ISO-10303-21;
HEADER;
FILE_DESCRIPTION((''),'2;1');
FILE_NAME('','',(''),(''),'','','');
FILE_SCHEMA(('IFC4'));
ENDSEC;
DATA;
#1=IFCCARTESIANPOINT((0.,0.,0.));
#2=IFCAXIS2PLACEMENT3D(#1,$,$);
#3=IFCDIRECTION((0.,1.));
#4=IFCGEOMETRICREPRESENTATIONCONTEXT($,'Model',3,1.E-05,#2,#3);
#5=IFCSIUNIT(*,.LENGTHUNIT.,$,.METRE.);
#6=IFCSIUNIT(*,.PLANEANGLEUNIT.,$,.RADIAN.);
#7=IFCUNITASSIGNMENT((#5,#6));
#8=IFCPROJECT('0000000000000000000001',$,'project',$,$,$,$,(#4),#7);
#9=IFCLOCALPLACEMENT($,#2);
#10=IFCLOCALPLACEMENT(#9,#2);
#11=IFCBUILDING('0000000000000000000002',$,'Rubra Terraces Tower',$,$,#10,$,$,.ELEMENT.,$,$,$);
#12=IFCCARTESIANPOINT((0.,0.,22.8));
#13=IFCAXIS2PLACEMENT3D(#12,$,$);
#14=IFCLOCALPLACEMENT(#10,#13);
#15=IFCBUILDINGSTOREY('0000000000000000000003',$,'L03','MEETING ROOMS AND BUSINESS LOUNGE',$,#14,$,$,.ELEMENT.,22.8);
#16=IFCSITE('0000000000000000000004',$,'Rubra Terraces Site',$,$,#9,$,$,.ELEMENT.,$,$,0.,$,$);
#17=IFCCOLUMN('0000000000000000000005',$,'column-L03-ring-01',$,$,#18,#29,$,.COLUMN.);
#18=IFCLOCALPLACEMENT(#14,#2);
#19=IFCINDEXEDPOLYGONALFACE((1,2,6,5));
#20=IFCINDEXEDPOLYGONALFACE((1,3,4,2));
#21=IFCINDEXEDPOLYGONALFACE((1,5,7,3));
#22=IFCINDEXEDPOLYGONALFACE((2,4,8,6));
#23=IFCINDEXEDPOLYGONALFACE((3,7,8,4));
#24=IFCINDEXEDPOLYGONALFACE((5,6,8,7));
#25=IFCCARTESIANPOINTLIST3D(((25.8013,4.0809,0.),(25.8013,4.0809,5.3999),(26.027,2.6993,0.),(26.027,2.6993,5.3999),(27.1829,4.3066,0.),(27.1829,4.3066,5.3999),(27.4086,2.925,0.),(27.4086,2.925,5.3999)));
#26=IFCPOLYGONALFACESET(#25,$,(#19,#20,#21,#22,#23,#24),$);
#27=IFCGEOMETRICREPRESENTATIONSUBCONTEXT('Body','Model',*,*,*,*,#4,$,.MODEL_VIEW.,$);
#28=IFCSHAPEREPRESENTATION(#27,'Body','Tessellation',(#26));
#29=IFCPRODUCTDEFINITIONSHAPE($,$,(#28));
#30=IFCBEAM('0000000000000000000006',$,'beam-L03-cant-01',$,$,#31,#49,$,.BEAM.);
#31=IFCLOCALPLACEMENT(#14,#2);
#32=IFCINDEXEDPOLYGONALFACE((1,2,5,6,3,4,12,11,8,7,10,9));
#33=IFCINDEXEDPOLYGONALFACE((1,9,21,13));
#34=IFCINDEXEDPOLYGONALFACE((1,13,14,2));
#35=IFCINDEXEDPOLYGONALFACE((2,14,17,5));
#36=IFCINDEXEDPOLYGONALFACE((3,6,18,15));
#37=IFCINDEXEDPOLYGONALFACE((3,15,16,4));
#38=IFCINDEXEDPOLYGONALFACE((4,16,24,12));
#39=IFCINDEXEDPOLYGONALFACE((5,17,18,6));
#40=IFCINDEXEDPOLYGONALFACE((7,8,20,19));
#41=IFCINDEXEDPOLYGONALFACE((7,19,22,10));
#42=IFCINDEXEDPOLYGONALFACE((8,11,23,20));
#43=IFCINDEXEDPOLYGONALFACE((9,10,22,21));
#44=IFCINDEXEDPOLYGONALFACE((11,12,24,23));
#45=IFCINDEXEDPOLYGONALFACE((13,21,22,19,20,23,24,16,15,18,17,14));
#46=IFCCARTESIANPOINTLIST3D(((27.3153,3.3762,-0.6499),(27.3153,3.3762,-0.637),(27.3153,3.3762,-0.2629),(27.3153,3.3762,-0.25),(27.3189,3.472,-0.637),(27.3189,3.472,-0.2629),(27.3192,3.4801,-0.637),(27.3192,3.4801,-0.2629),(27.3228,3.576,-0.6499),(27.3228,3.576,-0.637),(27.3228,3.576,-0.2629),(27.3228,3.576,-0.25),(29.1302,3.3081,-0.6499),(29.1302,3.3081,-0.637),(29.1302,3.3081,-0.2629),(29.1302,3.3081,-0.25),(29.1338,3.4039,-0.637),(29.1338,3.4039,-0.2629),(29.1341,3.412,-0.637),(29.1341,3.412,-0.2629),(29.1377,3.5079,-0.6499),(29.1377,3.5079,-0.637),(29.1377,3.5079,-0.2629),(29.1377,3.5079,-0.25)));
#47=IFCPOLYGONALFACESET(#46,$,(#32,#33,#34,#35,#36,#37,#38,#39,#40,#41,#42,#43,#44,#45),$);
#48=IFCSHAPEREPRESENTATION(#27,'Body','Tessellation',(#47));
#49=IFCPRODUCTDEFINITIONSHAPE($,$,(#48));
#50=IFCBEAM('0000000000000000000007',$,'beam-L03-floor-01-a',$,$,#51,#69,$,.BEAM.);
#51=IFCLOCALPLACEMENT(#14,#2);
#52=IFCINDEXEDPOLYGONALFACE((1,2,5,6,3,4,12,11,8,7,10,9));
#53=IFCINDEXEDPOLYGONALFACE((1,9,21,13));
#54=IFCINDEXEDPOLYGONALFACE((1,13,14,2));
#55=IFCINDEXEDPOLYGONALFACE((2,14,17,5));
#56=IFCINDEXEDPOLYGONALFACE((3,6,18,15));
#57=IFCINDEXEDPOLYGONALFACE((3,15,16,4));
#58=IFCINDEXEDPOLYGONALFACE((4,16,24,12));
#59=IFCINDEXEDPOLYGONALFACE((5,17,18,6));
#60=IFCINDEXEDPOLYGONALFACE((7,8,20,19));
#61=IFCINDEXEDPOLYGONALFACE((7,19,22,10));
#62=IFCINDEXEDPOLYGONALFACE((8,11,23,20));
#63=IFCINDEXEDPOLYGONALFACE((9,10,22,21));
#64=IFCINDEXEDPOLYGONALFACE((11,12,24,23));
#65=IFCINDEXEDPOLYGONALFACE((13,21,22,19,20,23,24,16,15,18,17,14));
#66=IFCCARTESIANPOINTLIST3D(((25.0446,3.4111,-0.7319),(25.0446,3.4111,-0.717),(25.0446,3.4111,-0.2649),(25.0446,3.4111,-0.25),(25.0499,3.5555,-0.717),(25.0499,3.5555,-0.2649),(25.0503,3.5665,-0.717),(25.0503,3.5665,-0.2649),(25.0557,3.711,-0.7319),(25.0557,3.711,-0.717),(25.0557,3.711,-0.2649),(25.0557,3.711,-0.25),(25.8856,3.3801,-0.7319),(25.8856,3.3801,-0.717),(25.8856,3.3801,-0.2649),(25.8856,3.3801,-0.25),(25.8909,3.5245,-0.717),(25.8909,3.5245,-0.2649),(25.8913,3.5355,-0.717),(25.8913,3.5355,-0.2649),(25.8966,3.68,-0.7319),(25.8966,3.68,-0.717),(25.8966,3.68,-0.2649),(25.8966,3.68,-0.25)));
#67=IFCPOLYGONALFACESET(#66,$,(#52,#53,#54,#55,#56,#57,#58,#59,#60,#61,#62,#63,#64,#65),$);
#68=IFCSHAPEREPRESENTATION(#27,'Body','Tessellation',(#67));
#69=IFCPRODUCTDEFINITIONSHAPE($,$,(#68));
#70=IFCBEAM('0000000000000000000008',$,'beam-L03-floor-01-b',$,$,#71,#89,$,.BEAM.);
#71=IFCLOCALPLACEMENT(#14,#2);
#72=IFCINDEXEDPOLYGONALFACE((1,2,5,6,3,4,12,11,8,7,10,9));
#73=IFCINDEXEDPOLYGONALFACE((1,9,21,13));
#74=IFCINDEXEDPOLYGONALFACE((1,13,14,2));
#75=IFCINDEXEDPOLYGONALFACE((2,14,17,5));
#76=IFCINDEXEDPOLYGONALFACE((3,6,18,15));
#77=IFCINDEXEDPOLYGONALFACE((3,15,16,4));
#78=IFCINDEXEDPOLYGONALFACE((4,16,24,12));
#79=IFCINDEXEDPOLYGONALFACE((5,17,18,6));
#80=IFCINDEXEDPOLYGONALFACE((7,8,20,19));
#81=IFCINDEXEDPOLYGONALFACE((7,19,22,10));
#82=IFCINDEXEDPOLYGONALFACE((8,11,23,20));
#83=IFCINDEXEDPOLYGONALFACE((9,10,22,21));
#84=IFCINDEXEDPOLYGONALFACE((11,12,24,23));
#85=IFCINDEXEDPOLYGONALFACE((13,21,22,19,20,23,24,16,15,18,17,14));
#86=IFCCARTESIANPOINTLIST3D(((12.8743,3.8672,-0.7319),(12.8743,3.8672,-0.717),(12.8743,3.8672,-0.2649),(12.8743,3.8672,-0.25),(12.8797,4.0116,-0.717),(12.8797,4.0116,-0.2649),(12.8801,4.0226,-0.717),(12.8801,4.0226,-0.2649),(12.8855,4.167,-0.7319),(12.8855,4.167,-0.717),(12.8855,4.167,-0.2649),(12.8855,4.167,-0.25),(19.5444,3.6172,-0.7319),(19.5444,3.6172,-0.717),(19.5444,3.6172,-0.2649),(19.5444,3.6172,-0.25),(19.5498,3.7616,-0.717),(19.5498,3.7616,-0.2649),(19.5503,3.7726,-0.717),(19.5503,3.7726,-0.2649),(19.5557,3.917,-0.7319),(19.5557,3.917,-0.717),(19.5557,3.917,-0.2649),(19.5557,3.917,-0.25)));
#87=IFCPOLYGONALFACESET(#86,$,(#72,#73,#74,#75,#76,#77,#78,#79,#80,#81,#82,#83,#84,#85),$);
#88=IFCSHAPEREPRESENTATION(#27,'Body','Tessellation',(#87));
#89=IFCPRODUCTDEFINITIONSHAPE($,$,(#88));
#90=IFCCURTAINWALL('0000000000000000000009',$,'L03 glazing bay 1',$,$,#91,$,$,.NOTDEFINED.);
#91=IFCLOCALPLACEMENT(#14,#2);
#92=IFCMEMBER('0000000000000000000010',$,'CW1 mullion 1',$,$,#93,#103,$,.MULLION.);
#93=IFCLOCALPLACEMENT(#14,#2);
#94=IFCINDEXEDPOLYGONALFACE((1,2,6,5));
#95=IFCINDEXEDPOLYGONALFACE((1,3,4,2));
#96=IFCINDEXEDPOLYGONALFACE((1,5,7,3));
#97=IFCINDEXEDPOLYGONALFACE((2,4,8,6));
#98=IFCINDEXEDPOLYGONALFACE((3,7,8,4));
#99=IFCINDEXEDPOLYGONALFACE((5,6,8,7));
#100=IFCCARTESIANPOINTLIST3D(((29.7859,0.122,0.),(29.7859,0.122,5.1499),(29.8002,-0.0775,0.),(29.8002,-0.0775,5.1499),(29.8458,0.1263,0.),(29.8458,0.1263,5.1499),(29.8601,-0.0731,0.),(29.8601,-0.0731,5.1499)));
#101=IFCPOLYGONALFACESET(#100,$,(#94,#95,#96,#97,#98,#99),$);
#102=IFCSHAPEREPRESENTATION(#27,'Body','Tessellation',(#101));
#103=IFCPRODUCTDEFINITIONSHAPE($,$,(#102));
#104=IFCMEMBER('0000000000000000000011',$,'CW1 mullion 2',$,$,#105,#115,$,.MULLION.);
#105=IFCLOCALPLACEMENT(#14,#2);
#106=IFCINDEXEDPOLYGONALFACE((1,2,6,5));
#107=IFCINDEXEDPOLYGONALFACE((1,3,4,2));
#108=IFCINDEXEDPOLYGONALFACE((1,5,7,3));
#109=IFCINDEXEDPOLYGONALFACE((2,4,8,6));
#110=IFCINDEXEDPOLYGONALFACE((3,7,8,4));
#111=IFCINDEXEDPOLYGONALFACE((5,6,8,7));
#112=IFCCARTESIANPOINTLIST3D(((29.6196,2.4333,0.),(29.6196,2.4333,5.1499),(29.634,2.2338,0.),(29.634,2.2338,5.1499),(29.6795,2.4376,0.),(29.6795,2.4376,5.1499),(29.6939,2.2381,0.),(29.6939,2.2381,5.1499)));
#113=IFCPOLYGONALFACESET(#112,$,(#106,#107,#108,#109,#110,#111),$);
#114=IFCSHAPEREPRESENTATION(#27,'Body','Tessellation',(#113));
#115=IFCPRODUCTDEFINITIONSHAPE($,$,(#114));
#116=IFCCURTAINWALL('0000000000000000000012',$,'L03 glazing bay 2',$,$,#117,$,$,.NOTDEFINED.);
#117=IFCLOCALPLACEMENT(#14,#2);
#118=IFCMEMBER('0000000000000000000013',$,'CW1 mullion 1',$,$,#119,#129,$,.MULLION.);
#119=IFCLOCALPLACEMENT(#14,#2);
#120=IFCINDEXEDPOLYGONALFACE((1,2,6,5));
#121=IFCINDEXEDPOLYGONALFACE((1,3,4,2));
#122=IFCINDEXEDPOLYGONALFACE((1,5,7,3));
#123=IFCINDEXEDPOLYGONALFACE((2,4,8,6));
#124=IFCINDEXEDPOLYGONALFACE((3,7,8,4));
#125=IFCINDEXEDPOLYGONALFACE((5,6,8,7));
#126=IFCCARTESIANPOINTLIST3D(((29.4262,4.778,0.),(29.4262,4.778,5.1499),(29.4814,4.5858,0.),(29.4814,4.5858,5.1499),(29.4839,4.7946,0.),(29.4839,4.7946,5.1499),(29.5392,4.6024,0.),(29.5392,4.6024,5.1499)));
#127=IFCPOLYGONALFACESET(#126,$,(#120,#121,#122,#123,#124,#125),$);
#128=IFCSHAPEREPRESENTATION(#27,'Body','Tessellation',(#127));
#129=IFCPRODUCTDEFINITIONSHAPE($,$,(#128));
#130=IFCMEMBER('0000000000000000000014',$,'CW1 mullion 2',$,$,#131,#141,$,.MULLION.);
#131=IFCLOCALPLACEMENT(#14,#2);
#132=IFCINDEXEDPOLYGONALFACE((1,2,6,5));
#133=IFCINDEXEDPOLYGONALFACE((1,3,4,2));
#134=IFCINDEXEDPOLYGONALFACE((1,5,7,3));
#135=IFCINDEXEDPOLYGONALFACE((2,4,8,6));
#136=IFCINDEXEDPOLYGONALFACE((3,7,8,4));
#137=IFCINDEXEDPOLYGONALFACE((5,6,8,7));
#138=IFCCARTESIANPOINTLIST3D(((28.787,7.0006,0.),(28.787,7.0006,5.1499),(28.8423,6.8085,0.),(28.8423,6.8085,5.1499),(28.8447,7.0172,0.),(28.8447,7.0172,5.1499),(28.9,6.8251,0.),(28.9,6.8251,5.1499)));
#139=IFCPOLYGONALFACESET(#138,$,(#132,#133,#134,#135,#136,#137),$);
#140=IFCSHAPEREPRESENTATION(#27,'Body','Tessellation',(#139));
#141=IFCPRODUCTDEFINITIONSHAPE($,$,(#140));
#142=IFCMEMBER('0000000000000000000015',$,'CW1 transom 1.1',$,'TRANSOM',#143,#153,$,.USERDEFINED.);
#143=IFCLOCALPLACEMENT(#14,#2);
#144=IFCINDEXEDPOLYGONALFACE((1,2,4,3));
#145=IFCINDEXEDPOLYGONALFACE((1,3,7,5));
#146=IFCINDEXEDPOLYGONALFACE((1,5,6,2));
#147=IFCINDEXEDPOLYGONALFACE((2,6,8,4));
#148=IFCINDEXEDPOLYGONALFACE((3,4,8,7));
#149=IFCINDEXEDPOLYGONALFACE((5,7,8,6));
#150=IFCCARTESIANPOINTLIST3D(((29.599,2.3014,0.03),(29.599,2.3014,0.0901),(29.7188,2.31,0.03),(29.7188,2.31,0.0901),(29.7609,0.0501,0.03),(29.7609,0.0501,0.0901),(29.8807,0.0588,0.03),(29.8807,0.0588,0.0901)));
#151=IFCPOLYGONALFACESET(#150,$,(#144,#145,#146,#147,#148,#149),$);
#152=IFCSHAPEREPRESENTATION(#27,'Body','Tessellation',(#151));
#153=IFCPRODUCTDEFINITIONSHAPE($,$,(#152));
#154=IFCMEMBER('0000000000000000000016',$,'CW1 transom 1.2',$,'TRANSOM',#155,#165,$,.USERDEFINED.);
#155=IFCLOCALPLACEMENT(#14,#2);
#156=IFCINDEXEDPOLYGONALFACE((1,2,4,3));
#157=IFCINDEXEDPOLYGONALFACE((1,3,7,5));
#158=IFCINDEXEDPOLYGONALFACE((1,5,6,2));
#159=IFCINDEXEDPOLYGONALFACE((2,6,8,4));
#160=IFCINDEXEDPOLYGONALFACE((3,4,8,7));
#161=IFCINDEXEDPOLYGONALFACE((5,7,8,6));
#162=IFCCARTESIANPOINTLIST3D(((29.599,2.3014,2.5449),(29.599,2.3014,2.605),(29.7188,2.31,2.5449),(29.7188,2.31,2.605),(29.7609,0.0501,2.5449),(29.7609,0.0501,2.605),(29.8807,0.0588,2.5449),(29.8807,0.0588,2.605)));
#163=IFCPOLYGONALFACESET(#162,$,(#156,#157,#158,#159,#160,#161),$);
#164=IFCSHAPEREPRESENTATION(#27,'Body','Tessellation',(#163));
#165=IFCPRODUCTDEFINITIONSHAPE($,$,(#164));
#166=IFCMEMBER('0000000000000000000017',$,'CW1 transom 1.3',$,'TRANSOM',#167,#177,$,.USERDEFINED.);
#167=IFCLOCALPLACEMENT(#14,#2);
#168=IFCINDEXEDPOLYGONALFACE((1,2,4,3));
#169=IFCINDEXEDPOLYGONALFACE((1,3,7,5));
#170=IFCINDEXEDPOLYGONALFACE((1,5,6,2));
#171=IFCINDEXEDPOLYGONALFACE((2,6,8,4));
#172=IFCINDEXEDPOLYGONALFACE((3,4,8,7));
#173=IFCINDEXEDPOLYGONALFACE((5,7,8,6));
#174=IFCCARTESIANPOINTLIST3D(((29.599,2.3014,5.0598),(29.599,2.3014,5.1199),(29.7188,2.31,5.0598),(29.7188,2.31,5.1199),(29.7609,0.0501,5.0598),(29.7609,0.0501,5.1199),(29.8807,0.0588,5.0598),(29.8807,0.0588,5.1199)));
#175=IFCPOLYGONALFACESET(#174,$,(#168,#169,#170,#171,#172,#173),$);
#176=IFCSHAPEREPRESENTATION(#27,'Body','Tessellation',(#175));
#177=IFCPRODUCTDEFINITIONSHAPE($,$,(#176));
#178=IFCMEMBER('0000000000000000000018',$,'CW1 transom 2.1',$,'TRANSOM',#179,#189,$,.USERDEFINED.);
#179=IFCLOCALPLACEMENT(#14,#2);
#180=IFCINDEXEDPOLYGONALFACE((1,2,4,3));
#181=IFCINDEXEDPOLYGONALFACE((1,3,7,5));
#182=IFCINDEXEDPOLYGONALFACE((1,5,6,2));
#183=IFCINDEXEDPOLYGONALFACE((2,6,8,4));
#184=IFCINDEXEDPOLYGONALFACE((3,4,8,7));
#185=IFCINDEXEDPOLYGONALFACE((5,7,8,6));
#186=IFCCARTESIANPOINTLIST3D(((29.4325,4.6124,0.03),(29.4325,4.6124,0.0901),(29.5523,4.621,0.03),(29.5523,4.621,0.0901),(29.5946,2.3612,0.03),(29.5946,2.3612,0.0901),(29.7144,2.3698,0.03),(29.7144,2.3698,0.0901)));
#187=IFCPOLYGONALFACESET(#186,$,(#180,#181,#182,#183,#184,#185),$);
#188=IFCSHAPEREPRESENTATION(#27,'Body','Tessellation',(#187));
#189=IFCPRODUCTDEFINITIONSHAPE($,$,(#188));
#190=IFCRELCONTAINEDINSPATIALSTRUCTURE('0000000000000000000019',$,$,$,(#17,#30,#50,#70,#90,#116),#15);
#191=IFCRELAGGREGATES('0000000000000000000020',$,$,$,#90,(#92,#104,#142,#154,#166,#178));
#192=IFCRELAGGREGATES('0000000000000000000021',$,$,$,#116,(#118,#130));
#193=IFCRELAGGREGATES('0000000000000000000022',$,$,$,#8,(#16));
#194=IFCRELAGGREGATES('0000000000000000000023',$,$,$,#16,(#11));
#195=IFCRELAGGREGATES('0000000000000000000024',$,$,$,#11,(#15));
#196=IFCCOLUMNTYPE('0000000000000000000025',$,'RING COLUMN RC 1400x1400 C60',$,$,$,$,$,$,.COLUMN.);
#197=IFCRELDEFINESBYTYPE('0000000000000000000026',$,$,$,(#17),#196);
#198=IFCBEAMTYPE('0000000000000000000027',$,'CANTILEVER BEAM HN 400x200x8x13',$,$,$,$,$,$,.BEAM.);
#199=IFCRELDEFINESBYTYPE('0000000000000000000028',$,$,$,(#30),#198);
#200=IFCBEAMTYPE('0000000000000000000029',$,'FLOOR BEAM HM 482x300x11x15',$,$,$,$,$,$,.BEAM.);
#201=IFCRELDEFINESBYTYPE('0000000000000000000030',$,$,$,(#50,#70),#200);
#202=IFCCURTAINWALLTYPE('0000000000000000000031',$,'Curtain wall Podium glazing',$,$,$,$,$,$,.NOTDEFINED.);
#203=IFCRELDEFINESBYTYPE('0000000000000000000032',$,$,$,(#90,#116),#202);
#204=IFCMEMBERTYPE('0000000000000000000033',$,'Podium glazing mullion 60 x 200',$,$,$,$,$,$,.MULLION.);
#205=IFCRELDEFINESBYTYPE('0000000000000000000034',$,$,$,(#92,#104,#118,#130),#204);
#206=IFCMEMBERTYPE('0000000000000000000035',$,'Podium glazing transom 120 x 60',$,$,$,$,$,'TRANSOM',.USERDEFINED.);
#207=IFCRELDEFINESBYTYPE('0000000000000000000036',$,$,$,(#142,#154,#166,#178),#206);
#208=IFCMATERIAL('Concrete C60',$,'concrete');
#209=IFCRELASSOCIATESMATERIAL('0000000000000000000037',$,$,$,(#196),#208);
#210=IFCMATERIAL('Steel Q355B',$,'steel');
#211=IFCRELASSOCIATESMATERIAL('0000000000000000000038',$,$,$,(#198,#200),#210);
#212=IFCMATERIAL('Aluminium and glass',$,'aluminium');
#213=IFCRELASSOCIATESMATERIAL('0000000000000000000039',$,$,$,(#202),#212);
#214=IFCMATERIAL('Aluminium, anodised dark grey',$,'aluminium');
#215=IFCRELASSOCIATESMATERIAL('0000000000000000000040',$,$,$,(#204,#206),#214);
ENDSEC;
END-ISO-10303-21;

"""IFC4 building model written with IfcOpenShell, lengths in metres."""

from ifc_helpers import new_model, si_unit, direction, frame, origin, origin_2d, place, context, subcontext, project, spatial, rectangle, i_section, extrude, material, material_profile, profile_set, type_object, element, aggregate, save


model = new_model("IFC4")

# Units and contexts
model_context = context("Model", 3, precision=1e-05, world=origin(), true_north=direction((0.0, 1.0)))
body_context = subcontext(model_context, "Body", "Model", "MODEL_VIEW")
ifc_project = project(units=[si_unit("LENGTHUNIT", "METRE"), si_unit("PLANEANGLEUNIT", "RADIAN")], contexts=[model_context])

# Site, building, storey
site_placement = place(None, origin())
site = spatial("IfcSite", under=ifc_project, at=site_placement, Name="Rubra Terraces Site", CompositionType="ELEMENT", RefElevation=0.0)
building_placement = place(site_placement, origin())
building = spatial("IfcBuilding", under=site, at=building_placement, Name="Rubra Terraces Tower", CompositionType="ELEMENT")
storey_placement = place(building_placement, frame((0.0, 0.0, 22.8)))
storey = spatial("IfcBuildingStorey", under=building, at=storey_placement, Name="L03", Description="MEETING ROOMS AND BUSINESS LOUNGE", CompositionType="ELEMENT", Elevation=22.8)

# Column
ifc_material_1 = material(Name="Concrete C60", Category="concrete")
ifc_material_profile_1 = material_profile(ifc_material_1, rectangle(XDim=1.3999, YDim=1.3999, at=origin_2d()), Name="RC 1400x1400")
ifc_profile_set_1 = profile_set([ifc_material_profile_1], Name="Concrete C60")
column_type = type_object("IfcColumnType", Name="RING COLUMN RC 1400x1400 C60", PredefinedType="COLUMN", material=ifc_profile_set_1)
column_placement = place(storey_placement, frame((26.605, 3.5029, 0.0), z_axis=(0.0, 0.0, 1.0), x_axis=(-0.161234, 0.986916, 0.0)))
element("IfcColumn", 1, at=column_placement, inside=storey, type_object=column_type, Name="column-L03-ring-01", PredefinedType="COLUMN", context=body_context, shape_type="SweptSolid", body=[
    extrude(rectangle(XDim=1.3999, YDim=1.3999, at=origin_2d()), origin(), (0.0, 0.0, 1.0), 5.3999),
])

# Beams
ifc_material_2 = material(Name="Steel Q355B", Category="steel")
ifc_material_profile_2 = material_profile(ifc_material_2, i_section(OverallWidth=0.2, OverallDepth=0.3999, WebThickness=0.0081, FlangeThickness=0.0129, at=origin_2d()), Name="HN 400x200x8x13")
ifc_profile_set_2 = profile_set([ifc_material_profile_2], Name="Steel Q355B")
beam_type_1 = type_object("IfcBeamType", Name="CANTILEVER BEAM HN 400x200x8x13", PredefinedType="BEAM", material=ifc_profile_set_2)
beam_1_placement = place(storey_placement, frame((27.3191, 3.4761, -0.45), z_axis=(0.999296, -0.037504, 0.0), x_axis=(0.037504, 0.999296, 0.0)))
element("IfcBeam", 2, at=beam_1_placement, inside=storey, type_object=beam_type_1, Name="beam-L03-cant-01", PredefinedType="BEAM", context=body_context, shape_type="SweptSolid", body=[
    extrude(i_section(OverallWidth=0.2, OverallDepth=0.3999, WebThickness=0.0081, FlangeThickness=0.0129, at=origin_2d()), origin(), (0.0, 0.0, 1.0), 1.8162),
])
ifc_material_profile_3 = material_profile(ifc_material_2, i_section(OverallWidth=0.3, OverallDepth=0.4819, WebThickness=0.011, FlangeThickness=0.0149, at=origin_2d()), Name="HM 482x300x11x15")
ifc_profile_set_3 = profile_set([ifc_material_profile_3], Name="Steel Q355B")
beam_type_2 = type_object("IfcBeamType", Name="FLOOR BEAM HM 482x300x11x15", PredefinedType="BEAM", material=ifc_profile_set_3)
beam_2_placement = place(storey_placement, frame((25.8911, 3.53, -0.491), z_axis=(-0.999321, 0.03684, 0.0), x_axis=(-0.03684, -0.999321, 0.0)))
element("IfcBeam", 3, at=beam_2_placement, inside=storey, type_object=beam_type_2, Name="beam-L03-floor-01-a", PredefinedType="BEAM", context=body_context, shape_type="SweptSolid", body=[
    extrude(i_section(OverallWidth=0.3, OverallDepth=0.4819, WebThickness=0.011, FlangeThickness=0.0149, at=origin_2d()), origin(), (0.0, 0.0, 1.0), 0.8416),
])
beam_3_placement = place(storey_placement, frame((19.55, 3.7671, -0.491), z_axis=(-0.999298, 0.037454, 0.0), x_axis=(-0.037454, -0.999298, 0.0)))
element("IfcBeam", 4, at=beam_3_placement, inside=storey, type_object=beam_type_2, Name="beam-L03-floor-01-b", PredefinedType="BEAM", context=body_context, shape_type="SweptSolid", body=[
    extrude(i_section(OverallWidth=0.3, OverallDepth=0.4819, WebThickness=0.011, FlangeThickness=0.0149, at=origin_2d()), origin(), (0.0, 0.0, 1.0), 6.6748),
])

# Curtain walls, members
ifc_material_3 = material(Name="Aluminium and glass", Category="aluminium")
curtain_wall_type = type_object("IfcCurtainWallType", Name="Curtain wall Podium glazing", PredefinedType="NOTDEFINED", material=ifc_material_3)
curtain_wall_1_placement = place(storey_placement, origin())
curtain_wall_1 = element("IfcCurtainWall", 5, at=curtain_wall_1_placement, inside=storey, type_object=curtain_wall_type, Name="L03 glazing bay 1", PredefinedType="NOTDEFINED")
ifc_material_4 = material(Name="Aluminium, anodised dark grey", Category="aluminium")
ifc_material_profile_4 = material_profile(ifc_material_4, rectangle(XDim=0.0601, YDim=0.2, at=origin_2d()), Name="AL 60x200")
ifc_profile_set_4 = profile_set([ifc_material_profile_4], Name="Aluminium, anodised dark grey")
member_type_1 = type_object("IfcMemberType", Name="Podium glazing mullion 60 x 200", PredefinedType="MULLION", material=ifc_profile_set_4)
member_1_placement = place(storey_placement, frame((29.823, 0.0244, 0.0), z_axis=(0.0, 0.0, 1.0), x_axis=(-0.99742, -0.071792, 0.0)))
member_1 = element("IfcMember", 6, at=member_1_placement, type_object=member_type_1, Name="CW1 mullion 1", PredefinedType="MULLION", context=body_context, shape_type="SweptSolid", body=[
    extrude(rectangle(XDim=0.0601, YDim=0.2, at=origin_2d()), origin(), (0.0, 0.0, 1.0), 5.1499),
])
member_2_placement = place(storey_placement, frame((29.6567, 2.3357, 0.0), z_axis=(0.0, 0.0, 1.0), x_axis=(-0.99742, -0.071792, 0.0)))
member_2 = element("IfcMember", 7, at=member_2_placement, type_object=member_type_1, Name="CW1 mullion 2", PredefinedType="MULLION", context=body_context, shape_type="SweptSolid", body=[
    extrude(rectangle(XDim=0.0601, YDim=0.2, at=origin_2d()), origin(), (0.0, 0.0, 1.0), 5.1499),
])
curtain_wall_2_placement = place(storey_placement, origin())
curtain_wall_2 = element("IfcCurtainWall", 8, at=curtain_wall_2_placement, inside=storey, type_object=curtain_wall_type, Name="L03 glazing bay 2", PredefinedType="NOTDEFINED")
member_3_placement = place(storey_placement, frame((29.4827, 4.6902, 0.0), z_axis=(0.0, 0.0, 1.0), x_axis=(-0.961047, -0.276384, 0.0)))
member_3 = element("IfcMember", 9, at=member_3_placement, type_object=member_type_1, Name="CW1 mullion 1", PredefinedType="MULLION", context=body_context, shape_type="SweptSolid", body=[
    extrude(rectangle(XDim=0.0601, YDim=0.2, at=origin_2d()), origin(), (0.0, 0.0, 1.0), 5.1499),
])
member_4_placement = place(storey_placement, frame((28.8435, 6.9128, 0.0), z_axis=(0.0, 0.0, 1.0), x_axis=(-0.961047, -0.276384, 0.0)))
member_4 = element("IfcMember", 10, at=member_4_placement, type_object=member_type_1, Name="CW1 mullion 2", PredefinedType="MULLION", context=body_context, shape_type="SweptSolid", body=[
    extrude(rectangle(XDim=0.0601, YDim=0.2, at=origin_2d()), origin(), (0.0, 0.0, 1.0), 5.1499),
])

# Members
ifc_material_profile_5 = material_profile(ifc_material_4, rectangle(XDim=0.1201, YDim=0.0601, at=origin_2d()), Name="AL 120x60")
ifc_profile_set_5 = profile_set([ifc_material_profile_5], Name="Aluminium, anodised dark grey")
member_type_2 = type_object("IfcMemberType", Name="Podium glazing transom 120 x 60", ElementType="TRANSOM", PredefinedType="USERDEFINED", material=ifc_profile_set_5)
member_5_placement = place(storey_placement, frame((29.8208, 0.0544, 0.0601), z_axis=(-0.071716, 0.997425, 0.0), x_axis=(-0.997425, -0.071716, 0.0)))
member_5 = element("IfcMember", 11, at=member_5_placement, type_object=member_type_2, Name="CW1 transom 1.1", ObjectType="TRANSOM", PredefinedType="USERDEFINED", context=body_context, shape_type="SweptSolid", body=[
    extrude(rectangle(XDim=0.1201, YDim=0.0601, at=origin_2d()), origin(), (0.0, 0.0, 1.0), 2.2571),
])
member_6_placement = place(storey_placement, frame((29.8208, 0.0544, 2.575), z_axis=(-0.071716, 0.997425, 0.0), x_axis=(-0.997425, -0.071716, 0.0)))
member_6 = element("IfcMember", 12, at=member_6_placement, type_object=member_type_2, Name="CW1 transom 1.2", ObjectType="TRANSOM", PredefinedType="USERDEFINED", context=body_context, shape_type="SweptSolid", body=[
    extrude(rectangle(XDim=0.1201, YDim=0.0601, at=origin_2d()), origin(), (0.0, 0.0, 1.0), 2.2571),
])
member_7_placement = place(storey_placement, frame((29.8208, 0.0544, 5.0898), z_axis=(-0.071716, 0.997425, 0.0), x_axis=(-0.997425, -0.071716, 0.0)))
member_7 = element("IfcMember", 13, at=member_7_placement, type_object=member_type_2, Name="CW1 transom 1.3", ObjectType="TRANSOM", PredefinedType="USERDEFINED", context=body_context, shape_type="SweptSolid", body=[
    extrude(rectangle(XDim=0.1201, YDim=0.0601, at=origin_2d()), origin(), (0.0, 0.0, 1.0), 2.2571),
])
member_8_placement = place(storey_placement, frame((29.6545, 2.3655, 0.0601), z_axis=(-0.071824, 0.997417, 0.0), x_axis=(-0.997417, -0.071824, 0.0)))
member_8 = element("IfcMember", 14, at=member_8_placement, type_object=member_type_2, Name="CW1 transom 2.1", ObjectType="TRANSOM", PredefinedType="USERDEFINED", context=body_context, shape_type="SweptSolid", body=[
    extrude(rectangle(XDim=0.1201, YDim=0.0601, at=origin_2d()), origin(), (0.0, 0.0, 1.0), 2.2571),
])

aggregate(curtain_wall_1, [member_1, member_2, member_5, member_6, member_7, member_8])
aggregate(curtain_wall_2, [member_3, member_4])

save(model, "model.ifc")
